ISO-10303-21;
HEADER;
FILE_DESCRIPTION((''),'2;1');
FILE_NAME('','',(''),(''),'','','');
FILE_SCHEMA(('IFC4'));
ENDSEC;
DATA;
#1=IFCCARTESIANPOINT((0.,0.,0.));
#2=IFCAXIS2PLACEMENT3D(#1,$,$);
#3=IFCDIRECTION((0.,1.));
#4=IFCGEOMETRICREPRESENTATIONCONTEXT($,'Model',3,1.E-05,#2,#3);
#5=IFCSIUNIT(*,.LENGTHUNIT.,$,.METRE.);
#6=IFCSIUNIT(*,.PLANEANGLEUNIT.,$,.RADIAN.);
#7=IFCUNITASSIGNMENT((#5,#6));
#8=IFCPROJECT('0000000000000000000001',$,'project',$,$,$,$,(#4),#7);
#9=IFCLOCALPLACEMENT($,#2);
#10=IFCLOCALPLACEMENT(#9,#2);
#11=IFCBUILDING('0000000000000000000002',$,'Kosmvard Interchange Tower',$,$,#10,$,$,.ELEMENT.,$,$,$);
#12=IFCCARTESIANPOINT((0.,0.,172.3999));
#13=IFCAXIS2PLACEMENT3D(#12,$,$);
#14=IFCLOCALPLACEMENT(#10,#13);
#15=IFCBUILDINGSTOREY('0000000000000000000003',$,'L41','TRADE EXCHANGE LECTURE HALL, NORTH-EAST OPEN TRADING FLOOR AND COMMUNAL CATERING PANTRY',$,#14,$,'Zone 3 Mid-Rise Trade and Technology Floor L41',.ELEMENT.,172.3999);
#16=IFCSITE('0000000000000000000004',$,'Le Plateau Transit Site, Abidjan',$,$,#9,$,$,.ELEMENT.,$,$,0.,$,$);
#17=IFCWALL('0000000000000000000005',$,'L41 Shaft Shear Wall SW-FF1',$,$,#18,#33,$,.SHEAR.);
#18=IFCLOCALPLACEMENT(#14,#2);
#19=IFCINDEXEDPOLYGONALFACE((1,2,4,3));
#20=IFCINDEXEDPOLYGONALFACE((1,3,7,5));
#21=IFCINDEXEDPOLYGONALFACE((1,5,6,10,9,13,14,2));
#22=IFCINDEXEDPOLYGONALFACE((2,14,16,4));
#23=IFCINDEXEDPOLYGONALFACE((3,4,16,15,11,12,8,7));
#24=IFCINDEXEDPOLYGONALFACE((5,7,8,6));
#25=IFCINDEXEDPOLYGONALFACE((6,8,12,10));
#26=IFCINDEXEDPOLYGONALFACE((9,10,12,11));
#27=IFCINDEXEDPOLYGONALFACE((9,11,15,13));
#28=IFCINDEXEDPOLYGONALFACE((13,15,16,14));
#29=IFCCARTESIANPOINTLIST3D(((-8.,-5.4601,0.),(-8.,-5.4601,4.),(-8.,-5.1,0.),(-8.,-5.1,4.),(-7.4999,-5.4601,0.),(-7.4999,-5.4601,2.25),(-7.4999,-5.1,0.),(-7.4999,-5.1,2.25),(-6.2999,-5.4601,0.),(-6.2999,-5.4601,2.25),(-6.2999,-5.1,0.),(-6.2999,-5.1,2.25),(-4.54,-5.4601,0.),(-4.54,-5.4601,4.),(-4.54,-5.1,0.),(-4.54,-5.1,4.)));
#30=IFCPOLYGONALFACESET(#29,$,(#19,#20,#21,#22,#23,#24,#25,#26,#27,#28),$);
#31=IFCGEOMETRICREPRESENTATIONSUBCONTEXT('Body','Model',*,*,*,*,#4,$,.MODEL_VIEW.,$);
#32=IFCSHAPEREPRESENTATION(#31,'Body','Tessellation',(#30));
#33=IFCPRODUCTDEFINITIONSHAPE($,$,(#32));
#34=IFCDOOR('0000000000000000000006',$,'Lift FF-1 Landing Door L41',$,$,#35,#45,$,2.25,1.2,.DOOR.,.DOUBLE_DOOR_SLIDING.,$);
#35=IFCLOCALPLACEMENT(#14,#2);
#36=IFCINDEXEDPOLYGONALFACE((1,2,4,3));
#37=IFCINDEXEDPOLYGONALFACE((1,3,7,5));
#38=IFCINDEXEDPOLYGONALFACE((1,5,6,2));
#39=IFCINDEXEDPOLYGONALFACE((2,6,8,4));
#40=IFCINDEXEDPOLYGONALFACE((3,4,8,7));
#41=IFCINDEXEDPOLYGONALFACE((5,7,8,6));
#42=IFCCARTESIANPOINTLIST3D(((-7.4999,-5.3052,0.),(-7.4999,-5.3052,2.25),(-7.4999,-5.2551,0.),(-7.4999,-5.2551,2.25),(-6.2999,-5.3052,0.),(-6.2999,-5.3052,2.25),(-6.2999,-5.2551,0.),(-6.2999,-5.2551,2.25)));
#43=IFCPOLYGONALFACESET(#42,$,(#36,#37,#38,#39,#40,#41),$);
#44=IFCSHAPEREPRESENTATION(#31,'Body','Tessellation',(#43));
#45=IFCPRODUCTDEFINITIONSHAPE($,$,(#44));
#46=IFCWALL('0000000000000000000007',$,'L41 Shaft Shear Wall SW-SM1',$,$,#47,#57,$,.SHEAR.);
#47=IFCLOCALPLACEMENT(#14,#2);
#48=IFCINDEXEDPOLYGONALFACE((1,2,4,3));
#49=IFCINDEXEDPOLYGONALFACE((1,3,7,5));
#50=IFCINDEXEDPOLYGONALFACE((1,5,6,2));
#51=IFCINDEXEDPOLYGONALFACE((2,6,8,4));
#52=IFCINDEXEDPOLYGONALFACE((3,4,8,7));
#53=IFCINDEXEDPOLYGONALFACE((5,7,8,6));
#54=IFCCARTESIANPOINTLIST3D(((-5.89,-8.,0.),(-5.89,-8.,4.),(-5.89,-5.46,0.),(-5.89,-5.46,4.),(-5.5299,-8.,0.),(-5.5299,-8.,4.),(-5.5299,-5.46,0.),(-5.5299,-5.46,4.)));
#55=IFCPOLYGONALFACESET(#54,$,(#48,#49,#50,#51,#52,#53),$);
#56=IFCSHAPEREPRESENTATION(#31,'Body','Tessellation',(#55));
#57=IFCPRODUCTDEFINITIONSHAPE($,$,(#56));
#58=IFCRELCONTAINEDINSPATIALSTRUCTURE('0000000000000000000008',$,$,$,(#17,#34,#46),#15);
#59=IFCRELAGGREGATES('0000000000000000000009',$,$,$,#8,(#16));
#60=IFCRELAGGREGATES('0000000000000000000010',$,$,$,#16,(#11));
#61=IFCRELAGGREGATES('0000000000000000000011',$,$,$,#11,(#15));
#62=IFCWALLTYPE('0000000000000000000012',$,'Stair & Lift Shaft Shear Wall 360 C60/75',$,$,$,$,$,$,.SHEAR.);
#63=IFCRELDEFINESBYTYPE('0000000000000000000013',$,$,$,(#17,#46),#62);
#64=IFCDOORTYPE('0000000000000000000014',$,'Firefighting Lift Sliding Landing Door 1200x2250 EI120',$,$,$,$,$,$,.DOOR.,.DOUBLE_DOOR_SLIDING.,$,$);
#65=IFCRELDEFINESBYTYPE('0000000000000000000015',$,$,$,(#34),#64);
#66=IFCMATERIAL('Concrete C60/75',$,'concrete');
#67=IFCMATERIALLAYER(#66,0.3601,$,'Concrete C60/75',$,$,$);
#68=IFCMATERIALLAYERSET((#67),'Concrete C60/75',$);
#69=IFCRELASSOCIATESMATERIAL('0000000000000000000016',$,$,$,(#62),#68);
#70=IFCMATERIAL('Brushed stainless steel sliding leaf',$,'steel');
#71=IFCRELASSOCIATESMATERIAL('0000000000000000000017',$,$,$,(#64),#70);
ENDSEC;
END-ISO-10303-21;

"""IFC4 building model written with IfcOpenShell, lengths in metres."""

from ifc_helpers import new_model, si_unit, direction, frame, frame_2d, origin, place, context, subcontext, project, spatial, rectangle, extrude, source, transform, mapped, material, layer, layer_set, type_object, element, fill, save


model = new_model("IFC4")

# Units and contexts
model_context = context("Model", 3, precision=1e-05, world=origin(), true_north=direction((0.0, 1.0)))
body_context = subcontext(model_context, "Body", "Model", "MODEL_VIEW")
ifc_project = project(units=[si_unit("LENGTHUNIT", "METRE"), si_unit("PLANEANGLEUNIT", "RADIAN")], contexts=[model_context])

# Site, building, storey
site_placement = place(None, origin())
site = spatial("IfcSite", under=ifc_project, at=site_placement, Name="Le Plateau Transit Site, Abidjan", CompositionType="ELEMENT", RefElevation=0.0)
building_placement = place(site_placement, origin())
building = spatial("IfcBuilding", under=site, at=building_placement, Name="Kosmvard Interchange Tower", CompositionType="ELEMENT")
storey_placement = place(building_placement, frame((0.0, 0.0, 172.3999)))
storey = spatial("IfcBuildingStorey", under=building, at=storey_placement, Name="L41", Description="TRADE EXCHANGE LECTURE HALL, NORTH-EAST OPEN TRADING FLOOR AND COMMUNAL CATERING PANTRY", LongName="Zone 3 Mid-Rise Trade and Technology Floor L41", CompositionType="ELEMENT", Elevation=172.3999)

# Shared definitions
ifc_material_1 = material(Name="Concrete C60/75", Category="concrete")

# Shared definitions
ifc_material_2 = material(Name="Brushed stainless steel sliding leaf", Category="steel")

# Shared definitions
ifc_layer_1 = layer(ifc_material_1, 0.3601, Name="Concrete C60/75")
ifc_layer_set_1 = layer_set([ifc_layer_1], Name="Concrete C60/75")
wall_type_1 = type_object("IfcWallType", Name="Stair & Lift Shaft Shear Wall 360 C60/75", PredefinedType="SHEAR", material=ifc_layer_set_1)

# Wall, opening, door
wall_1_placement = place(storey_placement, frame((-8.0, -5.28, 0.0), z_axis=(0.0, 0.0, 1.0), x_axis=(1.0, 0.0, 0.0)))
wall_1 = element("IfcWall", 1, at=wall_1_placement, inside=storey, type_object=wall_type_1, Name="L41 Shaft Shear Wall SW-FF1", PredefinedType="SHEAR", context=body_context, shape_type="SweptSolid", body=[
    extrude(rectangle(XDim=3.46, YDim=0.3601, at=frame_2d((1.73, 0.0))), origin(), (0.0, 0.0, 1.0), 4.0),
])
opening_1_placement = place(wall_1_placement, frame((0.5, 0.0, 0.0)))
opening_1 = element("IfcOpeningElement", 2, at=opening_1_placement, cuts=wall_1, PredefinedType="OPENING", context=body_context, shape_type="SweptSolid", body=[
    extrude(rectangle(XDim=1.2, YDim=2.25, at=frame_2d((0.6001, 1.125))), frame((0.0, 0.1899, 0.0), z_axis=(0.0, -1.0, 0.0), x_axis=(1.0, 0.0, 0.0)), (0.0, 0.0, 1.0), 0.3801),
])
door_type_1 = type_object("IfcDoorType", Name="Firefighting Lift Sliding Landing Door 1200x2250 EI120", OperationType="DOUBLE_DOOR_SLIDING", PredefinedType="DOOR", material=ifc_material_2)
shared_shape_1 = source(origin(), body_context, "Body", "SweptSolid", [
    extrude(rectangle(XDim=1.2, YDim=2.25, at=frame_2d((0.6001, 1.125))), frame((0.0, 0.0249, 0.0), z_axis=(0.0, -1.0, 0.0), x_axis=(1.0, 0.0, 0.0)), (0.0, 0.0, 1.0), 0.05),
])
door_1_placement = place(opening_1_placement, origin())
door_1 = element("IfcDoor", 3, at=door_1_placement, inside=storey, type_object=door_type_1, Name="Lift FF-1 Landing Door L41", OperationType="DOUBLE_DOOR_SLIDING", OverallHeight=2.25, OverallWidth=1.2, PredefinedType="DOOR", context=body_context, shape_type="MappedRepresentation", body=[
    mapped(shared_shape_1, transform((0.0, 0.0, 0.0), scale=1.0)),
])
fill(opening_1, door_1)

# Wall
wall_2_placement = place(storey_placement, frame((-5.71, -8.0, 0.0), z_axis=(0.0, 0.0, 1.0), x_axis=(0.0, 1.0, 0.0)))
element("IfcWall", 4, at=wall_2_placement, inside=storey, type_object=wall_type_1, Name="L41 Shaft Shear Wall SW-SM1", PredefinedType="SHEAR", context=body_context, shape_type="SweptSolid", body=[
    extrude(rectangle(XDim=2.54, YDim=0.3601, at=frame_2d((1.27, 0.0))), origin(), (0.0, 0.0, 1.0), 4.0),
])

save(model, "model.ifc")
